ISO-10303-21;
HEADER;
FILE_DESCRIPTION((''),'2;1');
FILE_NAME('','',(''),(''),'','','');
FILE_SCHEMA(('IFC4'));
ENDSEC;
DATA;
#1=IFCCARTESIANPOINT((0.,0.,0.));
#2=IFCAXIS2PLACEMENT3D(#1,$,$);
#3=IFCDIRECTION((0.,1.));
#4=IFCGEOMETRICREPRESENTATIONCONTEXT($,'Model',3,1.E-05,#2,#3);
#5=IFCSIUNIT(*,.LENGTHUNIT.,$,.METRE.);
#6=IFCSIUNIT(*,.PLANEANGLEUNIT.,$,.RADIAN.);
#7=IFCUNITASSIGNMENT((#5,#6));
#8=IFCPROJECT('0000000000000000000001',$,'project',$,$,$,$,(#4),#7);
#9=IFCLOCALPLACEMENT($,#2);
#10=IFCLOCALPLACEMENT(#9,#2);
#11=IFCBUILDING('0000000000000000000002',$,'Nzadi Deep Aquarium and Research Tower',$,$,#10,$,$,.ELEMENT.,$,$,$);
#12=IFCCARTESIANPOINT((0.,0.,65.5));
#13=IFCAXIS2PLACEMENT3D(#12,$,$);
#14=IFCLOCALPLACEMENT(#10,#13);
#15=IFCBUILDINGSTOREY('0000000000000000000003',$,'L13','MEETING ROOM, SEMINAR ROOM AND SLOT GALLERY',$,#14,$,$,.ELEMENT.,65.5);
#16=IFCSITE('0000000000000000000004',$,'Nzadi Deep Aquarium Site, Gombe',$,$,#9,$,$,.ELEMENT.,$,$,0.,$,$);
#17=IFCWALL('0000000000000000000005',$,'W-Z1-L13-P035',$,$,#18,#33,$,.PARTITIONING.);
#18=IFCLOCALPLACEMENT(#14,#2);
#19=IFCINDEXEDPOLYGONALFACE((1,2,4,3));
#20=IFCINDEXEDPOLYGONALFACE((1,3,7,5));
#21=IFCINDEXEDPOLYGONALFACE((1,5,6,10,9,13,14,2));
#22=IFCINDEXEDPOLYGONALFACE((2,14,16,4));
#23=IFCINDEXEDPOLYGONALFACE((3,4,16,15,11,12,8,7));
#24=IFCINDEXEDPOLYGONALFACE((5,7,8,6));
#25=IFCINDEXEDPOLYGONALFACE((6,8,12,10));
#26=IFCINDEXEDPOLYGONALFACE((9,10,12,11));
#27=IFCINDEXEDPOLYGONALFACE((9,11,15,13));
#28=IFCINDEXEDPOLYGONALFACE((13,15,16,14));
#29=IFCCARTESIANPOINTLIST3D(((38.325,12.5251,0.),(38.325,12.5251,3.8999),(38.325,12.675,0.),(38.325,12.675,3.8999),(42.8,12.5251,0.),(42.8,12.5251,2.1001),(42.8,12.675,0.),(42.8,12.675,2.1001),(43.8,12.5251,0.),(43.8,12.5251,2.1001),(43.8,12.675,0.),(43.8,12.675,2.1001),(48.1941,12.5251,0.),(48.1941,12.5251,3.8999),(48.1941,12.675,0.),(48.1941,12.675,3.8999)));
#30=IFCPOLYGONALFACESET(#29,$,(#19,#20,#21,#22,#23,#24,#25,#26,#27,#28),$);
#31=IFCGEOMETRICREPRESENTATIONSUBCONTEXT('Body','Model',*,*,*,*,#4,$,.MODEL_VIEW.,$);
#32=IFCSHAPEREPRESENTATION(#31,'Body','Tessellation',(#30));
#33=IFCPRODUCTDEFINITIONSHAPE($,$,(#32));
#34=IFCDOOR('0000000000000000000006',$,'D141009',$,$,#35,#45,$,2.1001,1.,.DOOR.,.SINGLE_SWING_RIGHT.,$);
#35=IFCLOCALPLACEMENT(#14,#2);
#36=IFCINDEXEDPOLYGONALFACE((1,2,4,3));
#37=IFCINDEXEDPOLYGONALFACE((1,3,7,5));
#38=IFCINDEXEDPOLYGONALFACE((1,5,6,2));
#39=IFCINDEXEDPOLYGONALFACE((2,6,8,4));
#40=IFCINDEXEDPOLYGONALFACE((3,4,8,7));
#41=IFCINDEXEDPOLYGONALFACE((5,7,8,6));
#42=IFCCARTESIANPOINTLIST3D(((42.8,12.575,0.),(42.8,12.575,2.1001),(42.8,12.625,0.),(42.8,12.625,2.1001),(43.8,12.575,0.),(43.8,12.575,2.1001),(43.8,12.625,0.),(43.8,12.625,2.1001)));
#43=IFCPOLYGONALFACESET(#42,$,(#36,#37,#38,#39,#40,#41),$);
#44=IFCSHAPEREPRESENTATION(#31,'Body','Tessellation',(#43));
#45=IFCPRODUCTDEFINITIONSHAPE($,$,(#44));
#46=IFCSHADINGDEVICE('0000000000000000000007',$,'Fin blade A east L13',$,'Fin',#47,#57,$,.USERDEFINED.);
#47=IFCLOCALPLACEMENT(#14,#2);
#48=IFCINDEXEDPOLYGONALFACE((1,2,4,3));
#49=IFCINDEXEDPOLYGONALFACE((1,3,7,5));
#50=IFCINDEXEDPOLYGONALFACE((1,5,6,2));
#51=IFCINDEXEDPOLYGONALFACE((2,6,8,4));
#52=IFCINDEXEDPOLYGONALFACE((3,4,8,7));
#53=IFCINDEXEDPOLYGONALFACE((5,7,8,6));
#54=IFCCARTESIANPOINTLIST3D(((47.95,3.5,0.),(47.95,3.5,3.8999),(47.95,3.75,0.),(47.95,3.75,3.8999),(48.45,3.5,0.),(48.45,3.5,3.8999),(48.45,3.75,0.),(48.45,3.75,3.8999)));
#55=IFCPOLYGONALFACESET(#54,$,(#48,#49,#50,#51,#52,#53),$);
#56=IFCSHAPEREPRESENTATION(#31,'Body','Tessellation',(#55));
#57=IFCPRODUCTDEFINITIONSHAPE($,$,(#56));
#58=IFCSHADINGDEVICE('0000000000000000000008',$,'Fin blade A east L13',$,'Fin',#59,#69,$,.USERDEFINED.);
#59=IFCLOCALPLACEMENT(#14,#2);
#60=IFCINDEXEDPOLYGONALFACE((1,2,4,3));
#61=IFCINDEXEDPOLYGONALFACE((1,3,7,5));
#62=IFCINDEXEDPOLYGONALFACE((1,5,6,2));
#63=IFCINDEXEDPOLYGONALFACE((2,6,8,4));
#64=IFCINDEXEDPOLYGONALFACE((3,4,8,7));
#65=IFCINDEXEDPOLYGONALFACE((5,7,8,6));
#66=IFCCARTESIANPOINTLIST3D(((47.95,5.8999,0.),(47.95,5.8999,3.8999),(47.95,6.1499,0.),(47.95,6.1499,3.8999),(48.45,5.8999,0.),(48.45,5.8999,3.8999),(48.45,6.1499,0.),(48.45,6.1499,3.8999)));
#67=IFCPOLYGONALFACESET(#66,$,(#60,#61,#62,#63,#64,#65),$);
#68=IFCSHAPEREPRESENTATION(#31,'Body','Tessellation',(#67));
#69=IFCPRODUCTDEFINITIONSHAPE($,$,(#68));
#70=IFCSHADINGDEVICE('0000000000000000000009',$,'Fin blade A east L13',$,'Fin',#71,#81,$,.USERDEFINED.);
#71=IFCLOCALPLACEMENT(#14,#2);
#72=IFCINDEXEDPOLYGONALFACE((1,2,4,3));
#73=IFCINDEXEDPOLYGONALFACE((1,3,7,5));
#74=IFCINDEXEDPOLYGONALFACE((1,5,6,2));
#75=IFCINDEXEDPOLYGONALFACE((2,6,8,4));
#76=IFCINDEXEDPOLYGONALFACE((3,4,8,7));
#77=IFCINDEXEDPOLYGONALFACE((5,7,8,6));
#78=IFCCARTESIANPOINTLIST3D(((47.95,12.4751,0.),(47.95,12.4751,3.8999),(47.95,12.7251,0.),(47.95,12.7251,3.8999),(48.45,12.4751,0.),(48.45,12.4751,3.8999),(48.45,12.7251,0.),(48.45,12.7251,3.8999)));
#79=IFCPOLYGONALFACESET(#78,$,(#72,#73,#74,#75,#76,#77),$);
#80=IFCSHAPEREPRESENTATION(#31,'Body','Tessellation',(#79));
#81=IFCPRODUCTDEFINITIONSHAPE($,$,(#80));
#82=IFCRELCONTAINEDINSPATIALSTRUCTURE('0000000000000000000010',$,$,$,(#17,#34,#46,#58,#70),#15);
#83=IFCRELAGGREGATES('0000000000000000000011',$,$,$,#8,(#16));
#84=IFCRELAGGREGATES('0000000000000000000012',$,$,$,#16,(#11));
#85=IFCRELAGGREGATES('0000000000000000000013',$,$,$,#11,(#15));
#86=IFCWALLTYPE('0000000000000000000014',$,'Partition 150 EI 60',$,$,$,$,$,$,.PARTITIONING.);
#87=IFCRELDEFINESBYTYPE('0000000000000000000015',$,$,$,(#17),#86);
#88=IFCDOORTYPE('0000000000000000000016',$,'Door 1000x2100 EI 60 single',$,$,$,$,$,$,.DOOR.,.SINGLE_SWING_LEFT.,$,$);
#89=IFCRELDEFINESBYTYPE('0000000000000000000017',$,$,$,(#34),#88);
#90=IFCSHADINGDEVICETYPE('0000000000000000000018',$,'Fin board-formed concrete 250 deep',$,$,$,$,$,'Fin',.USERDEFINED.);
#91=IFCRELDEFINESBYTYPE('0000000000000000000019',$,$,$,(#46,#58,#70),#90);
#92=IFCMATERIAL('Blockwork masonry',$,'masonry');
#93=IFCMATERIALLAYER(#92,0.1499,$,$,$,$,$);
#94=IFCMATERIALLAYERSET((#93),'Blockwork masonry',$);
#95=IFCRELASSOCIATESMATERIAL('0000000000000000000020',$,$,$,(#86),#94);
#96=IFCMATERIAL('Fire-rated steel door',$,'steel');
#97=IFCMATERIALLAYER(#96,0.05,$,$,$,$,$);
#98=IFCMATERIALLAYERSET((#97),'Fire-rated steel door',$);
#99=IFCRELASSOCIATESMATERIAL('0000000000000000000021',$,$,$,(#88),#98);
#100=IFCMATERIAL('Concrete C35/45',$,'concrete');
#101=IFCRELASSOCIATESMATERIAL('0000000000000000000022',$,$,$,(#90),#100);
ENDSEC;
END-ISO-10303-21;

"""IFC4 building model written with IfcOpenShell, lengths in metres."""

from ifc_helpers import new_model, si_unit, direction, frame, frame_2d, origin, origin_2d, place, context, subcontext, project, spatial, rectangle, extrude, material, layer, layer_set, type_object, element, fill, save


model = new_model("IFC4")

# Units and contexts
model_context = context("Model", 3, precision=1e-05, world=origin(), true_north=direction((0.0, 1.0)))
body_context = subcontext(model_context, "Body", "Model", "MODEL_VIEW")
ifc_project = project(units=[si_unit("LENGTHUNIT", "METRE"), si_unit("PLANEANGLEUNIT", "RADIAN")], contexts=[model_context])

# Site, building, storey
site_placement = place(None, origin())
site = spatial("IfcSite", under=ifc_project, at=site_placement, Name="Nzadi Deep Aquarium Site, Gombe", CompositionType="ELEMENT", RefElevation=0.0)
building_placement = place(site_placement, origin())
building = spatial("IfcBuilding", under=site, at=building_placement, Name="Nzadi Deep Aquarium and Research Tower", CompositionType="ELEMENT")
storey_placement = place(building_placement, frame((0.0, 0.0, 65.5)))
storey = spatial("IfcBuildingStorey", under=building, at=storey_placement, Name="L13", Description="MEETING ROOM, SEMINAR ROOM AND SLOT GALLERY", CompositionType="ELEMENT", Elevation=65.5)

# Wall, opening, door
ifc_material_1 = material(Name="Blockwork masonry", Category="masonry")
ifc_layer_1 = layer(ifc_material_1, 0.1499)
ifc_layer_set_1 = layer_set([ifc_layer_1], Name="Blockwork masonry")
wall_type_1 = type_object("IfcWallType", Name="Partition 150 EI 60", PredefinedType="PARTITIONING", material=ifc_layer_set_1)
wall_1_placement = place(storey_placement, frame((38.325, 12.6001, 0.0), z_axis=(0.0, 0.0, 1.0), x_axis=(1.0, 0.0, 0.0)))
wall_1 = element("IfcWall", 1, at=wall_1_placement, inside=storey, type_object=wall_type_1, Name="W-Z1-L13-P035", PredefinedType="PARTITIONING", context=body_context, shape_type="SweptSolid", body=[
    extrude(rectangle(XDim=9.8691, YDim=0.1499, at=frame_2d((4.9346, 0.0))), origin(), (0.0, 0.0, 1.0), 3.8999),
])
opening_1_placement = place(wall_1_placement, frame((4.4751, 0.0, 0.0)))
opening_1 = element("IfcOpeningElement", 2, at=opening_1_placement, cuts=wall_1, PredefinedType="OPENING", context=body_context, shape_type="SweptSolid", body=[
    extrude(rectangle(XDim=1.0, YDim=2.1001, at=frame_2d((0.5, 1.05))), frame((0.0, 0.085, 0.0), z_axis=(0.0, -1.0, 0.0), x_axis=(1.0, 0.0, 0.0)), (0.0, 0.0, 1.0), 0.1699),
])
ifc_material_2 = material(Name="Fire-rated steel door", Category="steel")
ifc_layer_2 = layer(ifc_material_2, 0.05)
ifc_layer_set_2 = layer_set([ifc_layer_2], Name="Fire-rated steel door")
door_type = type_object("IfcDoorType", Name="Door 1000x2100 EI 60 single", OperationType="SINGLE_SWING_LEFT", PredefinedType="DOOR", material=ifc_layer_set_2)
door_placement = place(opening_1_placement, origin())
door = element("IfcDoor", 3, at=door_placement, inside=storey, type_object=door_type, Name="D141009", OperationType="SINGLE_SWING_RIGHT", OverallHeight=2.1001, OverallWidth=1.0, PredefinedType="DOOR", context=body_context, shape_type="SweptSolid", body=[
    extrude(rectangle(XDim=1.0, YDim=2.1001, at=frame_2d((0.5, 1.05))), frame((0.0, 0.0249, 0.0), z_axis=(0.0, -1.0, 0.0), x_axis=(1.0, 0.0, 0.0)), (0.0, 0.0, 1.0), 0.05),
])
fill(opening_1, door)

# Shading devices
ifc_material_3 = material(Name="Concrete C35/45", Category="concrete")
shading_device_type = type_object("IfcShadingDeviceType", Name="Fin board-formed concrete 250 deep", ElementType="Fin", PredefinedType="USERDEFINED", material=ifc_material_3)
for number, where, z_axis, x_axis, name in (
    (4, (48.2, 3.625, 0.0), (0.0, 0.0, 1.0), (1.0, 0.0, 0.0), "Fin blade A east L13"),
    (5, (48.2, 6.0249, 0.0), (0.0, 0.0, 1.0), (1.0, 0.0, 0.0), "Fin blade A east L13"),
    (6, (48.2, 12.6001, 0.0), (0.0, 0.0, 1.0), (1.0, 0.0, 0.0), "Fin blade A east L13"),
):
    element("IfcShadingDevice", number, at=place(storey_placement, frame(where, z_axis=z_axis, x_axis=x_axis)), inside=storey, type_object=shading_device_type, Name=name, ObjectType="Fin", PredefinedType="USERDEFINED", context=body_context, shape_type="SweptSolid", body=[
        extrude(rectangle(XDim=0.5, YDim=0.25, at=origin_2d()), origin(), (0.0, 0.0, 1.0), 3.8999),
    ])

save(model, "model.ifc")
